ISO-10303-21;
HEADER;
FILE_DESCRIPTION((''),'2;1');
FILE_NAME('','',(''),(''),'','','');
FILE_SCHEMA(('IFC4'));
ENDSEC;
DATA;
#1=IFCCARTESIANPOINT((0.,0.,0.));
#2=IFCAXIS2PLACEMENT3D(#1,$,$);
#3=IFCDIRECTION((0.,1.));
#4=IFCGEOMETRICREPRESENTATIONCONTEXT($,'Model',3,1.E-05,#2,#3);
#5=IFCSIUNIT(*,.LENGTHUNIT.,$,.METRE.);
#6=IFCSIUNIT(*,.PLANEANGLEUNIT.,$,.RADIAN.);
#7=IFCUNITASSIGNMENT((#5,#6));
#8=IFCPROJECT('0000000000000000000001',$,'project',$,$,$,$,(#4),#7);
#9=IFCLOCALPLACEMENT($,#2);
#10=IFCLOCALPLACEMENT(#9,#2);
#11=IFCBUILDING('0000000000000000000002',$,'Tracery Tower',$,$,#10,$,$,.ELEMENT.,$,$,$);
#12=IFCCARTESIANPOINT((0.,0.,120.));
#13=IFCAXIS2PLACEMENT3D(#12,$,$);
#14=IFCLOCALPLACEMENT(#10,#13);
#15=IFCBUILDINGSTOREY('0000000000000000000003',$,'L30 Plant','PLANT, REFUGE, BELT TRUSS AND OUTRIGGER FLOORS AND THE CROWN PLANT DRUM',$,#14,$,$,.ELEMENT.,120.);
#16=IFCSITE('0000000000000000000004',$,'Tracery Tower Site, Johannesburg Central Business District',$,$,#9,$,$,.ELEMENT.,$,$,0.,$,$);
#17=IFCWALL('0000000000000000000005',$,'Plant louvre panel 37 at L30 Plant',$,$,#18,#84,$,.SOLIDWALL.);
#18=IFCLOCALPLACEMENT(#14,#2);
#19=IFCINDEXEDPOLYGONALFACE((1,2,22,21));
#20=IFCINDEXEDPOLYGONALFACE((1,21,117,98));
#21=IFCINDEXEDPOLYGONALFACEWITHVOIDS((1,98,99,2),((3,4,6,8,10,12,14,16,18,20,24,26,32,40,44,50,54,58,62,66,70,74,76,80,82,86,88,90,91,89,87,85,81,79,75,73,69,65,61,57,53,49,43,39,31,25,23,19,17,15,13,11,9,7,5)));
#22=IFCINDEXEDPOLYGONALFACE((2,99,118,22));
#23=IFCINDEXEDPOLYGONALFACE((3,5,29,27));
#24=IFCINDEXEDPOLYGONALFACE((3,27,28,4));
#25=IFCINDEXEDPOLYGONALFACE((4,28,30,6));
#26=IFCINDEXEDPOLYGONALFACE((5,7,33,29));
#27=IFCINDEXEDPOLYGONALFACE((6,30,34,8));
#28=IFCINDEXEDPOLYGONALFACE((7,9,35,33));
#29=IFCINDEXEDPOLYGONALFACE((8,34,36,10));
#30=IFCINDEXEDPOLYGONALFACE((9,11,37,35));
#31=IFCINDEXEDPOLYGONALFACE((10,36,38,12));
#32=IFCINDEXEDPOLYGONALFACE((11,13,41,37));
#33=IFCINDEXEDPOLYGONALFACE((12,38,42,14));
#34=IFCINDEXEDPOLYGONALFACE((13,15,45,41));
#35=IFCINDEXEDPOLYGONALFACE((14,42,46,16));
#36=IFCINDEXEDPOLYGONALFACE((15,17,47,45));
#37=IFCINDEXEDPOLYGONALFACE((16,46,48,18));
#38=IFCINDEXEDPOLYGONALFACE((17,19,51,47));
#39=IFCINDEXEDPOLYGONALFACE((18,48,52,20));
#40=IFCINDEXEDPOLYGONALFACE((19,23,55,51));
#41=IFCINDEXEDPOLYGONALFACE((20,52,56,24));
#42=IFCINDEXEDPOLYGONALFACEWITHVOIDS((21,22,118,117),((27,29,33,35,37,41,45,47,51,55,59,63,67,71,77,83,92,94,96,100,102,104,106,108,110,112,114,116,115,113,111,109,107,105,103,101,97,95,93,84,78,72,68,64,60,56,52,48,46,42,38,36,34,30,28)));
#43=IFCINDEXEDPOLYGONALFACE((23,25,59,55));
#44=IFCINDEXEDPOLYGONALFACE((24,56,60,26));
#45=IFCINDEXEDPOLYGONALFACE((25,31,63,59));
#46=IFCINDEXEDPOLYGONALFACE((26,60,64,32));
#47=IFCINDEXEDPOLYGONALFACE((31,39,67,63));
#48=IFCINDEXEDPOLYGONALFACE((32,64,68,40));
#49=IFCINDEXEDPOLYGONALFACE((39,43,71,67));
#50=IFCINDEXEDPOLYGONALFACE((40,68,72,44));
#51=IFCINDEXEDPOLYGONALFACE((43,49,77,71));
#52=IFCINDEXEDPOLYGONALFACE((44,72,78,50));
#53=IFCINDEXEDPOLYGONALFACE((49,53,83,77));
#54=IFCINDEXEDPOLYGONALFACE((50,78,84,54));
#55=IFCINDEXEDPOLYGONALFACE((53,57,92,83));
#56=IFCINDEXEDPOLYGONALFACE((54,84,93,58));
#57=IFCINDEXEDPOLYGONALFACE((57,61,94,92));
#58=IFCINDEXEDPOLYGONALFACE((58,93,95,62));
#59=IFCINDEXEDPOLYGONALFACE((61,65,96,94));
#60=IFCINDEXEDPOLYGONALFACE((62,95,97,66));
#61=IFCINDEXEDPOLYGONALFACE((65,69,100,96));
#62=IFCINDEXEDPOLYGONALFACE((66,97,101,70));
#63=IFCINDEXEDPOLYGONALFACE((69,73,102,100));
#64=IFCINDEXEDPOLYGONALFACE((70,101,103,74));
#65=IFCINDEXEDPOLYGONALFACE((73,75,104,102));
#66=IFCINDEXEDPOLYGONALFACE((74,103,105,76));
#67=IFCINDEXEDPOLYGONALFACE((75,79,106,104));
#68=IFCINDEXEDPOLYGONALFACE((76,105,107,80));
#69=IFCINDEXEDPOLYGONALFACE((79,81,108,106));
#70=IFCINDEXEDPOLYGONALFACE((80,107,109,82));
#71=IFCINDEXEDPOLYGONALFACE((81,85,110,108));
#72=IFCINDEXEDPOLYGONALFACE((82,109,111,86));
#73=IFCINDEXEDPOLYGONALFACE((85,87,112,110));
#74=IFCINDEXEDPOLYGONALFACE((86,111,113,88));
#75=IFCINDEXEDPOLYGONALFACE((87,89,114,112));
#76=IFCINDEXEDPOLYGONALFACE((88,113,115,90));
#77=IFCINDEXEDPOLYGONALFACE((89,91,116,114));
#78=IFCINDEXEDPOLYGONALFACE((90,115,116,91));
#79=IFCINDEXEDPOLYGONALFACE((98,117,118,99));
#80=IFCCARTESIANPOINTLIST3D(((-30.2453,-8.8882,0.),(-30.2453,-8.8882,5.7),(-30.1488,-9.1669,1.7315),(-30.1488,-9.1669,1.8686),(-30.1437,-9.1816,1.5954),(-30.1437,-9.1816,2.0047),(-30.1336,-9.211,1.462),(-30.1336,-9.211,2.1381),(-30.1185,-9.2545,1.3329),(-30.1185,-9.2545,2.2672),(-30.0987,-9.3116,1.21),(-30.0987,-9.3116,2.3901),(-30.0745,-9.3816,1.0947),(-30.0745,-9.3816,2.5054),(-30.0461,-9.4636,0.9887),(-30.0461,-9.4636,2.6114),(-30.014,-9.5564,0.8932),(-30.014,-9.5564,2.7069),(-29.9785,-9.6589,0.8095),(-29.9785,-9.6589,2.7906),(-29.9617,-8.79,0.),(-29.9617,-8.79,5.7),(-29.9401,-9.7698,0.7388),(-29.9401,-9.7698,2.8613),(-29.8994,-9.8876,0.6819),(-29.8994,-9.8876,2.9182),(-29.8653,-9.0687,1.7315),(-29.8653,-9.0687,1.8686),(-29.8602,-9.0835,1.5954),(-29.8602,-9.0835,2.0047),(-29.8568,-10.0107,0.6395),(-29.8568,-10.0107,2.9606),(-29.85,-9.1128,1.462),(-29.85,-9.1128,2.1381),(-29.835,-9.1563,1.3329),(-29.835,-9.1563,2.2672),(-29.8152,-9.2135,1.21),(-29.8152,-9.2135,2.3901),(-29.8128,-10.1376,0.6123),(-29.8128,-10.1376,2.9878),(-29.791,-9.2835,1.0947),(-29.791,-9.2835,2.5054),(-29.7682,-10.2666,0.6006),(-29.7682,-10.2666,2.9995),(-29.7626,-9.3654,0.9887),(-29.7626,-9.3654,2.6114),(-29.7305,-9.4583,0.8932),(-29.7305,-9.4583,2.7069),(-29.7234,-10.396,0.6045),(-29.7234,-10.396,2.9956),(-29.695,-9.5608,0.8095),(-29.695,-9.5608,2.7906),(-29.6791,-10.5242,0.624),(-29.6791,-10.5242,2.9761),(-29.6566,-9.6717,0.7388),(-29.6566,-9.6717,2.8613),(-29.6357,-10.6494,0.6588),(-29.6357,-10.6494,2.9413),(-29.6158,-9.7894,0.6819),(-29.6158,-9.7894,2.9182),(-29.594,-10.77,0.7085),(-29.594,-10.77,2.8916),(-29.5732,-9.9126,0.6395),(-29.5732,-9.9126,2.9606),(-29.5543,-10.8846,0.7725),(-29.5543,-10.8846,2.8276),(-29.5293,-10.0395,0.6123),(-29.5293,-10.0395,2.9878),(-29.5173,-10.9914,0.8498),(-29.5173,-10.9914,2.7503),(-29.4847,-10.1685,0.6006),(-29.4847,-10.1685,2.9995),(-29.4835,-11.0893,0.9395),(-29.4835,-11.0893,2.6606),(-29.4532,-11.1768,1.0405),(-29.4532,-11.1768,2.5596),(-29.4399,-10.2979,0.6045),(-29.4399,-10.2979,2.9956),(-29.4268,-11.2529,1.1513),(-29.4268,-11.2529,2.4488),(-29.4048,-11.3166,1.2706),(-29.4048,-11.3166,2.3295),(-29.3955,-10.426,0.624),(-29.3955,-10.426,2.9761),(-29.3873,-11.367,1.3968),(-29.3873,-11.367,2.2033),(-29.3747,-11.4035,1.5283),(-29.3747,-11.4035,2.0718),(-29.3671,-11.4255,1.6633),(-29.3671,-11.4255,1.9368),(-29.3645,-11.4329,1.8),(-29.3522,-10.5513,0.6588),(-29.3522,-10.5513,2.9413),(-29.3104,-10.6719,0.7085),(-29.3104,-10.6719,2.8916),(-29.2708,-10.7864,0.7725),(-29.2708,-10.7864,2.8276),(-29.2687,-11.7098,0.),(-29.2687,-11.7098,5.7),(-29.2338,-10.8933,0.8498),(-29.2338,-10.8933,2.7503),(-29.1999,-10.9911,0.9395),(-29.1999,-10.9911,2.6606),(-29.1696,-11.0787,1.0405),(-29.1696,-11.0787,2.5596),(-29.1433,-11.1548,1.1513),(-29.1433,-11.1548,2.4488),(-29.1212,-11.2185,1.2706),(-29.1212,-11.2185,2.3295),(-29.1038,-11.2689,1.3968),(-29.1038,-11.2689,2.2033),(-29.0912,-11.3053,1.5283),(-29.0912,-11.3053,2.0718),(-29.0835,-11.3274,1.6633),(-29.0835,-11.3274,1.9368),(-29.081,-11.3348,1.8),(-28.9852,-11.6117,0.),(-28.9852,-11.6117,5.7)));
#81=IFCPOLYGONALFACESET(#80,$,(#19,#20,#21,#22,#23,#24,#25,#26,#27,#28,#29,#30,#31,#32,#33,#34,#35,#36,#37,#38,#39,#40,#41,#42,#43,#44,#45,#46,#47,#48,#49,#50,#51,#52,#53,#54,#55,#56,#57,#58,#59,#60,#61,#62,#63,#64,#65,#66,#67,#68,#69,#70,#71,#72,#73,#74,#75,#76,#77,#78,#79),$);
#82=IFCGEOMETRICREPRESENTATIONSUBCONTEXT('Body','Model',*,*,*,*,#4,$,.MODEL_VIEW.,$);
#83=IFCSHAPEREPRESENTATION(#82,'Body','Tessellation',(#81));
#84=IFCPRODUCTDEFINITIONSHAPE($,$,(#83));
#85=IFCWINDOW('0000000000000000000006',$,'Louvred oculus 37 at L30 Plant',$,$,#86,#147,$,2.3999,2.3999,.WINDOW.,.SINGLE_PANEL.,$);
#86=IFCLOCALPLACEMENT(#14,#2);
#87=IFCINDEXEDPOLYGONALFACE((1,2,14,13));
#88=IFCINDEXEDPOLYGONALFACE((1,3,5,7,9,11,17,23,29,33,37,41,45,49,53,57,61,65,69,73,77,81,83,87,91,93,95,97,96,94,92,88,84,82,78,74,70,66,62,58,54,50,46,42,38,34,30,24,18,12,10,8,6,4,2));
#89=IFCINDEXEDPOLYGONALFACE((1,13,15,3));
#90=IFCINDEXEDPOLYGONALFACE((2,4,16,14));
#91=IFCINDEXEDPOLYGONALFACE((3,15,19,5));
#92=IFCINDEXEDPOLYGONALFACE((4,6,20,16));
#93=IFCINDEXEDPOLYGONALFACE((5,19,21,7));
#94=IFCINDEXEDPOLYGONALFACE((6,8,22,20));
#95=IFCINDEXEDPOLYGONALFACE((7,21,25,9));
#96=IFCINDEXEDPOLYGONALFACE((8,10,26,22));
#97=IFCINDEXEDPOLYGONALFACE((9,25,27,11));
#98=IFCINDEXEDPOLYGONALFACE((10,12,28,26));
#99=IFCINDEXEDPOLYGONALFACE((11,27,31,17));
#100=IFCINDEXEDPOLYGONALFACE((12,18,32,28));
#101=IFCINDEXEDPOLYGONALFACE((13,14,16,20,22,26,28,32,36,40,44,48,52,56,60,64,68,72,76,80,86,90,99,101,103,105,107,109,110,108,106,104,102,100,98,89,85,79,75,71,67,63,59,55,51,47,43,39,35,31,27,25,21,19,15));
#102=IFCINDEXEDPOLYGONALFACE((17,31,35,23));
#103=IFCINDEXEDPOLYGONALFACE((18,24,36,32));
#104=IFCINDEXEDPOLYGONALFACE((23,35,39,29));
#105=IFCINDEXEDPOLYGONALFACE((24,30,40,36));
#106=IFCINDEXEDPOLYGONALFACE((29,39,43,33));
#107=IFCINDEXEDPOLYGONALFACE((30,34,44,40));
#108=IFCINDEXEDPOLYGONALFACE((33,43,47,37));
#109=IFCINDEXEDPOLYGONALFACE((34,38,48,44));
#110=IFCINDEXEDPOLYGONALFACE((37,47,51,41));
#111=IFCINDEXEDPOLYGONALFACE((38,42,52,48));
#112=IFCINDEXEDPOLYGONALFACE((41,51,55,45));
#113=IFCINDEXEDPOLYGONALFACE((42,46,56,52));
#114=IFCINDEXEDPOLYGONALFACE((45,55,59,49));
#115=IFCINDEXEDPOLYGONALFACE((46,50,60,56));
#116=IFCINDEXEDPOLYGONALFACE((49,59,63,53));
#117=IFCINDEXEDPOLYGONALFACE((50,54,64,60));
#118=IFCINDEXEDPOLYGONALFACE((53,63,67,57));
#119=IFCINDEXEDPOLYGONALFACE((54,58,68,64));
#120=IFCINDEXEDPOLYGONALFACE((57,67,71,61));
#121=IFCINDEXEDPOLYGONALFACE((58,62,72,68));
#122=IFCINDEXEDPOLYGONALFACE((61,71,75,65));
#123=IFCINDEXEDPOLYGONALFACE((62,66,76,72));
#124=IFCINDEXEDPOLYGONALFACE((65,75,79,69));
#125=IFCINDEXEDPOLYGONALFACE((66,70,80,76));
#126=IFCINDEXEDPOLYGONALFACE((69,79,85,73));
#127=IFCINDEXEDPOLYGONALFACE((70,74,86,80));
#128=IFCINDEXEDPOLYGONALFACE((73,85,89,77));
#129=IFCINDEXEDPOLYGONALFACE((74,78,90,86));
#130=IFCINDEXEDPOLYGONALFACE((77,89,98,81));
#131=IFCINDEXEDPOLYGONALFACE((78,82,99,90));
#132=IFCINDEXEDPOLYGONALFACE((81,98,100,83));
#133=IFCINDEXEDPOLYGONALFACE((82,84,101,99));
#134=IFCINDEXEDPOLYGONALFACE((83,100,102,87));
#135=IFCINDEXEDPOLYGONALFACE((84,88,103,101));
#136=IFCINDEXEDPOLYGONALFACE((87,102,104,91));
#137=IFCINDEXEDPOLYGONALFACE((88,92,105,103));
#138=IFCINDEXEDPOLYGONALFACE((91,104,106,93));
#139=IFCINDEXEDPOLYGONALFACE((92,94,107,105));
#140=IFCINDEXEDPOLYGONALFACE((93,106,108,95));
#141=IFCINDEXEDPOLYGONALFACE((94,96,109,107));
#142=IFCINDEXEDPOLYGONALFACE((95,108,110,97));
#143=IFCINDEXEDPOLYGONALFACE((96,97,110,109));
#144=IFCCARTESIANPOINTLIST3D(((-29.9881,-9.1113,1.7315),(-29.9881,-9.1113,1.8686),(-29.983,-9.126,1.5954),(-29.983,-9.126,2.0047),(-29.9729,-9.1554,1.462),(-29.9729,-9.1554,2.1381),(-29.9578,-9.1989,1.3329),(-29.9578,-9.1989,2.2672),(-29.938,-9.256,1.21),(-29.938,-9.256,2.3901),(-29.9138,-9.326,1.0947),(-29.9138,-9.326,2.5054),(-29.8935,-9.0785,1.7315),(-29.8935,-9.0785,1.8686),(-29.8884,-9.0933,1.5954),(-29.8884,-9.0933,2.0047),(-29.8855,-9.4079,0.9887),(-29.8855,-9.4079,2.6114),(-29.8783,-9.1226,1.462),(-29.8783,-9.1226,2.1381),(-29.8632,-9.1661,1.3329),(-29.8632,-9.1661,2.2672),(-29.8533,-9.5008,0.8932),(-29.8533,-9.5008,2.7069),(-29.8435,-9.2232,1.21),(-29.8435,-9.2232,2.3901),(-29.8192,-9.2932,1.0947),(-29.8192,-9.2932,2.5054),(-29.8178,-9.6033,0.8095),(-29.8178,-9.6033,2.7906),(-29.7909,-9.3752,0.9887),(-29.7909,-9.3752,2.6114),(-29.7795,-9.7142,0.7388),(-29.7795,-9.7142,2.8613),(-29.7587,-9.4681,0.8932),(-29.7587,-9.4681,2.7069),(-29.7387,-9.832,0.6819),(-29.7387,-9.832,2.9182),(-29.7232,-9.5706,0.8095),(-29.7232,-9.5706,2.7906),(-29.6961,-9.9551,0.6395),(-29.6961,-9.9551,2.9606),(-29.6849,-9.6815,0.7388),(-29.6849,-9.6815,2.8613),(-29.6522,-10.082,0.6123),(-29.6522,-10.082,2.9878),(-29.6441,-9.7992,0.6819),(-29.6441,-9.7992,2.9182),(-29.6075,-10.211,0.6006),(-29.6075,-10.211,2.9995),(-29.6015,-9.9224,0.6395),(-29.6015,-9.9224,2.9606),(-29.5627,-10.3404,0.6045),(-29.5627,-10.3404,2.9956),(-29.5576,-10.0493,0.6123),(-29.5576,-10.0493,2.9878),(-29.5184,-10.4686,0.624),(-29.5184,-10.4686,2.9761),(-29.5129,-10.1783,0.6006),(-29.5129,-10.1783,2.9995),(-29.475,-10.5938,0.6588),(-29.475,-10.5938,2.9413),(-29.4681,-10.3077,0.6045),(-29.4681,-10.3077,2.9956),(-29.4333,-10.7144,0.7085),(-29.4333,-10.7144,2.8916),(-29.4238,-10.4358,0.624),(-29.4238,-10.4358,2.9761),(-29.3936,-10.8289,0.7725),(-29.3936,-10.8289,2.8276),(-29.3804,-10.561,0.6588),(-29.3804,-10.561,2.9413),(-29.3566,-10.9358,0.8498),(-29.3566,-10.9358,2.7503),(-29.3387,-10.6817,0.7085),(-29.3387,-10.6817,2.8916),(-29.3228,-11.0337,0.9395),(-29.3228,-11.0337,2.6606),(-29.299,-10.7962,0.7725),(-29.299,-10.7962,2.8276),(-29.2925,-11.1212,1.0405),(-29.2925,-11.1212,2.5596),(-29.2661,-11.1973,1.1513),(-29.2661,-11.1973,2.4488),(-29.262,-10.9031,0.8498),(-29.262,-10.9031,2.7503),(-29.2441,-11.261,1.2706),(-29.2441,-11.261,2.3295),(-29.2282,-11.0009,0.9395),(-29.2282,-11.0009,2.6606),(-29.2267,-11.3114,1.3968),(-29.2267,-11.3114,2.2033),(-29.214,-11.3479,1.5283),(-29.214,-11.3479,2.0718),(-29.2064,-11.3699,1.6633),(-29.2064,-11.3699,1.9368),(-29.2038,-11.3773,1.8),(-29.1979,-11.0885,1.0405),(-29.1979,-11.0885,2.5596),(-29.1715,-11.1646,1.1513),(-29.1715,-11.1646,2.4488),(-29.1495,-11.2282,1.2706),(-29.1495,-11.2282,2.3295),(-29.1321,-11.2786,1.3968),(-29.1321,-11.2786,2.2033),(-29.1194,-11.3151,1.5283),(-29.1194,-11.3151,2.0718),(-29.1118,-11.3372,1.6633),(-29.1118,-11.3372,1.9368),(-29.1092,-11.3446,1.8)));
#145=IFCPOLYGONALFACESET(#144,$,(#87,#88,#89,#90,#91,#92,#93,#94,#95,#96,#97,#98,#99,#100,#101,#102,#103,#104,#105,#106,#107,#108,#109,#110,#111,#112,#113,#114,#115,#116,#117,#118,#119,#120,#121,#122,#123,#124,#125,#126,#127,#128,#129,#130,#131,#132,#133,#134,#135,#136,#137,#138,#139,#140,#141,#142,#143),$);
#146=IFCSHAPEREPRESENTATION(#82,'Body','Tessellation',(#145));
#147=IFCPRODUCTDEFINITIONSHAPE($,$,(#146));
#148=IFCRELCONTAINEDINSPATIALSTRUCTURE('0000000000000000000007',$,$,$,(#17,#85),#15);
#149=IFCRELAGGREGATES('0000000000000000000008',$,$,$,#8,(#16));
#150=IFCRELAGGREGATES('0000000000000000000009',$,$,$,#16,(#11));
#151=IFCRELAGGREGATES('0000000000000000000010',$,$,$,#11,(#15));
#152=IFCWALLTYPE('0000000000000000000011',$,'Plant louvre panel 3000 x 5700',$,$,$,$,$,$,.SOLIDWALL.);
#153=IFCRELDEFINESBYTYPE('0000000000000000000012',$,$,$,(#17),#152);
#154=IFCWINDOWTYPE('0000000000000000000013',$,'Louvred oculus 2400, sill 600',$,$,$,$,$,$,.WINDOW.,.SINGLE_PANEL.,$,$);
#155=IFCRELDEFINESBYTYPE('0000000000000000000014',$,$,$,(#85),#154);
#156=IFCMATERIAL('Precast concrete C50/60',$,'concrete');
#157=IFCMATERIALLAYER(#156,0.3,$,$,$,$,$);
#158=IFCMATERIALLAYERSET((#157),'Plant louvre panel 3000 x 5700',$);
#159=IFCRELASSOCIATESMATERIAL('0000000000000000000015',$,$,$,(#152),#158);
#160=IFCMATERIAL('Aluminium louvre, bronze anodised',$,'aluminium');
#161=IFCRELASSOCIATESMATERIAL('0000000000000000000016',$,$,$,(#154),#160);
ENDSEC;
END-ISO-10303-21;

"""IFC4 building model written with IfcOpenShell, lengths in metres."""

from ifc_helpers import new_model, si_unit, direction, frame, frame_2d, origin, origin_2d, place, context, subcontext, project, spatial, rectangle, circle, extrude, material, layer, layer_set, type_object, element, fill, save


model = new_model("IFC4")

# Units and contexts
model_context = context("Model", 3, precision=1e-05, world=origin(), true_north=direction((0.0, 1.0)))
body_context = subcontext(model_context, "Body", "Model", "MODEL_VIEW")
ifc_project = project(units=[si_unit("LENGTHUNIT", "METRE"), si_unit("PLANEANGLEUNIT", "RADIAN")], contexts=[model_context])

# Site, building, storey
site_placement = place(None, origin())
site = spatial("IfcSite", under=ifc_project, at=site_placement, Name="Tracery Tower Site, Johannesburg Central Business District", CompositionType="ELEMENT", RefElevation=0.0)
building_placement = place(site_placement, origin())
building = spatial("IfcBuilding", under=site, at=building_placement, Name="Tracery Tower", CompositionType="ELEMENT")
storey_placement = place(building_placement, frame((0.0, 0.0, 120.0)))
storey = spatial("IfcBuildingStorey", under=building, at=storey_placement, Name="L30 Plant", Description="PLANT, REFUGE, BELT TRUSS AND OUTRIGGER FLOORS AND THE CROWN PLANT DRUM", CompositionType="ELEMENT", Elevation=120.0)

# Wall, opening, window
ifc_material_1 = material(Name="Precast concrete C50/60", Category="concrete")
ifc_layer_1 = layer(ifc_material_1, 0.3)
ifc_layer_set_1 = layer_set([ifc_layer_1], Name="Plant louvre panel 3000 x 5700")
wall_type_1 = type_object("IfcWallType", Name="Plant louvre panel 3000 x 5700", PredefinedType="SOLIDWALL", material=ifc_layer_set_1)
ifc_material_2 = material(Name="Aluminium louvre, bronze anodised", Category="aluminium")
window_type = type_object("IfcWindowType", Name="Louvred oculus 2400, sill 600", PartitioningType="SINGLE_PANEL", PredefinedType="WINDOW", material=ifc_material_2)
wall_1_placement = place(storey_placement, frame((-30.1035, -8.8391, 0.0), z_axis=(0.0, 0.0, 1.0), x_axis=(0.327074, -0.944999, 0.0)))
wall_1 = element("IfcWall", 1, at=wall_1_placement, inside=storey, type_object=wall_type_1, Name="Plant louvre panel 37 at L30 Plant", PredefinedType="SOLIDWALL", context=body_context, shape_type="SweptSolid", body=[
    extrude(rectangle(XDim=2.9858, YDim=0.3, at=frame_2d((1.4929, 0.0))), origin(), (0.0, 0.0, 1.0), 5.7),
])
opening_1_placement = place(wall_1_placement, frame((1.4929, 0.0, 1.8)))
opening_1 = element("IfcOpeningElement", 2, at=opening_1_placement, cuts=wall_1, PredefinedType="OPENING", context=body_context, shape_type="SweptSolid", body=[
    extrude(circle(Radius=1.2, at=origin_2d()), frame((0.0, 0.1599, 0.0), z_axis=(0.0, -1.0, 0.0), x_axis=(1.0, 0.0, 0.0)), (0.0, 0.0, 1.0), 0.3201),
])
window_1_placement = place(opening_1_placement, origin())
window_1 = element("IfcWindow", 3, at=window_1_placement, inside=storey, type_object=window_type, Name="Louvred oculus 37 at L30 Plant", OverallHeight=2.3999, OverallWidth=2.3999, PartitioningType="SINGLE_PANEL", PredefinedType="WINDOW", context=body_context, shape_type="SweptSolid", body=[
    extrude(circle(Radius=1.2, at=origin_2d()), frame((0.0, 0.1201, 0.0), z_axis=(0.0, -1.0, 0.0), x_axis=(1.0, 0.0, 0.0)), (0.0, 0.0, 1.0), 0.1001),
])
fill(opening_1, window_1)

save(model, "model.ifc")
